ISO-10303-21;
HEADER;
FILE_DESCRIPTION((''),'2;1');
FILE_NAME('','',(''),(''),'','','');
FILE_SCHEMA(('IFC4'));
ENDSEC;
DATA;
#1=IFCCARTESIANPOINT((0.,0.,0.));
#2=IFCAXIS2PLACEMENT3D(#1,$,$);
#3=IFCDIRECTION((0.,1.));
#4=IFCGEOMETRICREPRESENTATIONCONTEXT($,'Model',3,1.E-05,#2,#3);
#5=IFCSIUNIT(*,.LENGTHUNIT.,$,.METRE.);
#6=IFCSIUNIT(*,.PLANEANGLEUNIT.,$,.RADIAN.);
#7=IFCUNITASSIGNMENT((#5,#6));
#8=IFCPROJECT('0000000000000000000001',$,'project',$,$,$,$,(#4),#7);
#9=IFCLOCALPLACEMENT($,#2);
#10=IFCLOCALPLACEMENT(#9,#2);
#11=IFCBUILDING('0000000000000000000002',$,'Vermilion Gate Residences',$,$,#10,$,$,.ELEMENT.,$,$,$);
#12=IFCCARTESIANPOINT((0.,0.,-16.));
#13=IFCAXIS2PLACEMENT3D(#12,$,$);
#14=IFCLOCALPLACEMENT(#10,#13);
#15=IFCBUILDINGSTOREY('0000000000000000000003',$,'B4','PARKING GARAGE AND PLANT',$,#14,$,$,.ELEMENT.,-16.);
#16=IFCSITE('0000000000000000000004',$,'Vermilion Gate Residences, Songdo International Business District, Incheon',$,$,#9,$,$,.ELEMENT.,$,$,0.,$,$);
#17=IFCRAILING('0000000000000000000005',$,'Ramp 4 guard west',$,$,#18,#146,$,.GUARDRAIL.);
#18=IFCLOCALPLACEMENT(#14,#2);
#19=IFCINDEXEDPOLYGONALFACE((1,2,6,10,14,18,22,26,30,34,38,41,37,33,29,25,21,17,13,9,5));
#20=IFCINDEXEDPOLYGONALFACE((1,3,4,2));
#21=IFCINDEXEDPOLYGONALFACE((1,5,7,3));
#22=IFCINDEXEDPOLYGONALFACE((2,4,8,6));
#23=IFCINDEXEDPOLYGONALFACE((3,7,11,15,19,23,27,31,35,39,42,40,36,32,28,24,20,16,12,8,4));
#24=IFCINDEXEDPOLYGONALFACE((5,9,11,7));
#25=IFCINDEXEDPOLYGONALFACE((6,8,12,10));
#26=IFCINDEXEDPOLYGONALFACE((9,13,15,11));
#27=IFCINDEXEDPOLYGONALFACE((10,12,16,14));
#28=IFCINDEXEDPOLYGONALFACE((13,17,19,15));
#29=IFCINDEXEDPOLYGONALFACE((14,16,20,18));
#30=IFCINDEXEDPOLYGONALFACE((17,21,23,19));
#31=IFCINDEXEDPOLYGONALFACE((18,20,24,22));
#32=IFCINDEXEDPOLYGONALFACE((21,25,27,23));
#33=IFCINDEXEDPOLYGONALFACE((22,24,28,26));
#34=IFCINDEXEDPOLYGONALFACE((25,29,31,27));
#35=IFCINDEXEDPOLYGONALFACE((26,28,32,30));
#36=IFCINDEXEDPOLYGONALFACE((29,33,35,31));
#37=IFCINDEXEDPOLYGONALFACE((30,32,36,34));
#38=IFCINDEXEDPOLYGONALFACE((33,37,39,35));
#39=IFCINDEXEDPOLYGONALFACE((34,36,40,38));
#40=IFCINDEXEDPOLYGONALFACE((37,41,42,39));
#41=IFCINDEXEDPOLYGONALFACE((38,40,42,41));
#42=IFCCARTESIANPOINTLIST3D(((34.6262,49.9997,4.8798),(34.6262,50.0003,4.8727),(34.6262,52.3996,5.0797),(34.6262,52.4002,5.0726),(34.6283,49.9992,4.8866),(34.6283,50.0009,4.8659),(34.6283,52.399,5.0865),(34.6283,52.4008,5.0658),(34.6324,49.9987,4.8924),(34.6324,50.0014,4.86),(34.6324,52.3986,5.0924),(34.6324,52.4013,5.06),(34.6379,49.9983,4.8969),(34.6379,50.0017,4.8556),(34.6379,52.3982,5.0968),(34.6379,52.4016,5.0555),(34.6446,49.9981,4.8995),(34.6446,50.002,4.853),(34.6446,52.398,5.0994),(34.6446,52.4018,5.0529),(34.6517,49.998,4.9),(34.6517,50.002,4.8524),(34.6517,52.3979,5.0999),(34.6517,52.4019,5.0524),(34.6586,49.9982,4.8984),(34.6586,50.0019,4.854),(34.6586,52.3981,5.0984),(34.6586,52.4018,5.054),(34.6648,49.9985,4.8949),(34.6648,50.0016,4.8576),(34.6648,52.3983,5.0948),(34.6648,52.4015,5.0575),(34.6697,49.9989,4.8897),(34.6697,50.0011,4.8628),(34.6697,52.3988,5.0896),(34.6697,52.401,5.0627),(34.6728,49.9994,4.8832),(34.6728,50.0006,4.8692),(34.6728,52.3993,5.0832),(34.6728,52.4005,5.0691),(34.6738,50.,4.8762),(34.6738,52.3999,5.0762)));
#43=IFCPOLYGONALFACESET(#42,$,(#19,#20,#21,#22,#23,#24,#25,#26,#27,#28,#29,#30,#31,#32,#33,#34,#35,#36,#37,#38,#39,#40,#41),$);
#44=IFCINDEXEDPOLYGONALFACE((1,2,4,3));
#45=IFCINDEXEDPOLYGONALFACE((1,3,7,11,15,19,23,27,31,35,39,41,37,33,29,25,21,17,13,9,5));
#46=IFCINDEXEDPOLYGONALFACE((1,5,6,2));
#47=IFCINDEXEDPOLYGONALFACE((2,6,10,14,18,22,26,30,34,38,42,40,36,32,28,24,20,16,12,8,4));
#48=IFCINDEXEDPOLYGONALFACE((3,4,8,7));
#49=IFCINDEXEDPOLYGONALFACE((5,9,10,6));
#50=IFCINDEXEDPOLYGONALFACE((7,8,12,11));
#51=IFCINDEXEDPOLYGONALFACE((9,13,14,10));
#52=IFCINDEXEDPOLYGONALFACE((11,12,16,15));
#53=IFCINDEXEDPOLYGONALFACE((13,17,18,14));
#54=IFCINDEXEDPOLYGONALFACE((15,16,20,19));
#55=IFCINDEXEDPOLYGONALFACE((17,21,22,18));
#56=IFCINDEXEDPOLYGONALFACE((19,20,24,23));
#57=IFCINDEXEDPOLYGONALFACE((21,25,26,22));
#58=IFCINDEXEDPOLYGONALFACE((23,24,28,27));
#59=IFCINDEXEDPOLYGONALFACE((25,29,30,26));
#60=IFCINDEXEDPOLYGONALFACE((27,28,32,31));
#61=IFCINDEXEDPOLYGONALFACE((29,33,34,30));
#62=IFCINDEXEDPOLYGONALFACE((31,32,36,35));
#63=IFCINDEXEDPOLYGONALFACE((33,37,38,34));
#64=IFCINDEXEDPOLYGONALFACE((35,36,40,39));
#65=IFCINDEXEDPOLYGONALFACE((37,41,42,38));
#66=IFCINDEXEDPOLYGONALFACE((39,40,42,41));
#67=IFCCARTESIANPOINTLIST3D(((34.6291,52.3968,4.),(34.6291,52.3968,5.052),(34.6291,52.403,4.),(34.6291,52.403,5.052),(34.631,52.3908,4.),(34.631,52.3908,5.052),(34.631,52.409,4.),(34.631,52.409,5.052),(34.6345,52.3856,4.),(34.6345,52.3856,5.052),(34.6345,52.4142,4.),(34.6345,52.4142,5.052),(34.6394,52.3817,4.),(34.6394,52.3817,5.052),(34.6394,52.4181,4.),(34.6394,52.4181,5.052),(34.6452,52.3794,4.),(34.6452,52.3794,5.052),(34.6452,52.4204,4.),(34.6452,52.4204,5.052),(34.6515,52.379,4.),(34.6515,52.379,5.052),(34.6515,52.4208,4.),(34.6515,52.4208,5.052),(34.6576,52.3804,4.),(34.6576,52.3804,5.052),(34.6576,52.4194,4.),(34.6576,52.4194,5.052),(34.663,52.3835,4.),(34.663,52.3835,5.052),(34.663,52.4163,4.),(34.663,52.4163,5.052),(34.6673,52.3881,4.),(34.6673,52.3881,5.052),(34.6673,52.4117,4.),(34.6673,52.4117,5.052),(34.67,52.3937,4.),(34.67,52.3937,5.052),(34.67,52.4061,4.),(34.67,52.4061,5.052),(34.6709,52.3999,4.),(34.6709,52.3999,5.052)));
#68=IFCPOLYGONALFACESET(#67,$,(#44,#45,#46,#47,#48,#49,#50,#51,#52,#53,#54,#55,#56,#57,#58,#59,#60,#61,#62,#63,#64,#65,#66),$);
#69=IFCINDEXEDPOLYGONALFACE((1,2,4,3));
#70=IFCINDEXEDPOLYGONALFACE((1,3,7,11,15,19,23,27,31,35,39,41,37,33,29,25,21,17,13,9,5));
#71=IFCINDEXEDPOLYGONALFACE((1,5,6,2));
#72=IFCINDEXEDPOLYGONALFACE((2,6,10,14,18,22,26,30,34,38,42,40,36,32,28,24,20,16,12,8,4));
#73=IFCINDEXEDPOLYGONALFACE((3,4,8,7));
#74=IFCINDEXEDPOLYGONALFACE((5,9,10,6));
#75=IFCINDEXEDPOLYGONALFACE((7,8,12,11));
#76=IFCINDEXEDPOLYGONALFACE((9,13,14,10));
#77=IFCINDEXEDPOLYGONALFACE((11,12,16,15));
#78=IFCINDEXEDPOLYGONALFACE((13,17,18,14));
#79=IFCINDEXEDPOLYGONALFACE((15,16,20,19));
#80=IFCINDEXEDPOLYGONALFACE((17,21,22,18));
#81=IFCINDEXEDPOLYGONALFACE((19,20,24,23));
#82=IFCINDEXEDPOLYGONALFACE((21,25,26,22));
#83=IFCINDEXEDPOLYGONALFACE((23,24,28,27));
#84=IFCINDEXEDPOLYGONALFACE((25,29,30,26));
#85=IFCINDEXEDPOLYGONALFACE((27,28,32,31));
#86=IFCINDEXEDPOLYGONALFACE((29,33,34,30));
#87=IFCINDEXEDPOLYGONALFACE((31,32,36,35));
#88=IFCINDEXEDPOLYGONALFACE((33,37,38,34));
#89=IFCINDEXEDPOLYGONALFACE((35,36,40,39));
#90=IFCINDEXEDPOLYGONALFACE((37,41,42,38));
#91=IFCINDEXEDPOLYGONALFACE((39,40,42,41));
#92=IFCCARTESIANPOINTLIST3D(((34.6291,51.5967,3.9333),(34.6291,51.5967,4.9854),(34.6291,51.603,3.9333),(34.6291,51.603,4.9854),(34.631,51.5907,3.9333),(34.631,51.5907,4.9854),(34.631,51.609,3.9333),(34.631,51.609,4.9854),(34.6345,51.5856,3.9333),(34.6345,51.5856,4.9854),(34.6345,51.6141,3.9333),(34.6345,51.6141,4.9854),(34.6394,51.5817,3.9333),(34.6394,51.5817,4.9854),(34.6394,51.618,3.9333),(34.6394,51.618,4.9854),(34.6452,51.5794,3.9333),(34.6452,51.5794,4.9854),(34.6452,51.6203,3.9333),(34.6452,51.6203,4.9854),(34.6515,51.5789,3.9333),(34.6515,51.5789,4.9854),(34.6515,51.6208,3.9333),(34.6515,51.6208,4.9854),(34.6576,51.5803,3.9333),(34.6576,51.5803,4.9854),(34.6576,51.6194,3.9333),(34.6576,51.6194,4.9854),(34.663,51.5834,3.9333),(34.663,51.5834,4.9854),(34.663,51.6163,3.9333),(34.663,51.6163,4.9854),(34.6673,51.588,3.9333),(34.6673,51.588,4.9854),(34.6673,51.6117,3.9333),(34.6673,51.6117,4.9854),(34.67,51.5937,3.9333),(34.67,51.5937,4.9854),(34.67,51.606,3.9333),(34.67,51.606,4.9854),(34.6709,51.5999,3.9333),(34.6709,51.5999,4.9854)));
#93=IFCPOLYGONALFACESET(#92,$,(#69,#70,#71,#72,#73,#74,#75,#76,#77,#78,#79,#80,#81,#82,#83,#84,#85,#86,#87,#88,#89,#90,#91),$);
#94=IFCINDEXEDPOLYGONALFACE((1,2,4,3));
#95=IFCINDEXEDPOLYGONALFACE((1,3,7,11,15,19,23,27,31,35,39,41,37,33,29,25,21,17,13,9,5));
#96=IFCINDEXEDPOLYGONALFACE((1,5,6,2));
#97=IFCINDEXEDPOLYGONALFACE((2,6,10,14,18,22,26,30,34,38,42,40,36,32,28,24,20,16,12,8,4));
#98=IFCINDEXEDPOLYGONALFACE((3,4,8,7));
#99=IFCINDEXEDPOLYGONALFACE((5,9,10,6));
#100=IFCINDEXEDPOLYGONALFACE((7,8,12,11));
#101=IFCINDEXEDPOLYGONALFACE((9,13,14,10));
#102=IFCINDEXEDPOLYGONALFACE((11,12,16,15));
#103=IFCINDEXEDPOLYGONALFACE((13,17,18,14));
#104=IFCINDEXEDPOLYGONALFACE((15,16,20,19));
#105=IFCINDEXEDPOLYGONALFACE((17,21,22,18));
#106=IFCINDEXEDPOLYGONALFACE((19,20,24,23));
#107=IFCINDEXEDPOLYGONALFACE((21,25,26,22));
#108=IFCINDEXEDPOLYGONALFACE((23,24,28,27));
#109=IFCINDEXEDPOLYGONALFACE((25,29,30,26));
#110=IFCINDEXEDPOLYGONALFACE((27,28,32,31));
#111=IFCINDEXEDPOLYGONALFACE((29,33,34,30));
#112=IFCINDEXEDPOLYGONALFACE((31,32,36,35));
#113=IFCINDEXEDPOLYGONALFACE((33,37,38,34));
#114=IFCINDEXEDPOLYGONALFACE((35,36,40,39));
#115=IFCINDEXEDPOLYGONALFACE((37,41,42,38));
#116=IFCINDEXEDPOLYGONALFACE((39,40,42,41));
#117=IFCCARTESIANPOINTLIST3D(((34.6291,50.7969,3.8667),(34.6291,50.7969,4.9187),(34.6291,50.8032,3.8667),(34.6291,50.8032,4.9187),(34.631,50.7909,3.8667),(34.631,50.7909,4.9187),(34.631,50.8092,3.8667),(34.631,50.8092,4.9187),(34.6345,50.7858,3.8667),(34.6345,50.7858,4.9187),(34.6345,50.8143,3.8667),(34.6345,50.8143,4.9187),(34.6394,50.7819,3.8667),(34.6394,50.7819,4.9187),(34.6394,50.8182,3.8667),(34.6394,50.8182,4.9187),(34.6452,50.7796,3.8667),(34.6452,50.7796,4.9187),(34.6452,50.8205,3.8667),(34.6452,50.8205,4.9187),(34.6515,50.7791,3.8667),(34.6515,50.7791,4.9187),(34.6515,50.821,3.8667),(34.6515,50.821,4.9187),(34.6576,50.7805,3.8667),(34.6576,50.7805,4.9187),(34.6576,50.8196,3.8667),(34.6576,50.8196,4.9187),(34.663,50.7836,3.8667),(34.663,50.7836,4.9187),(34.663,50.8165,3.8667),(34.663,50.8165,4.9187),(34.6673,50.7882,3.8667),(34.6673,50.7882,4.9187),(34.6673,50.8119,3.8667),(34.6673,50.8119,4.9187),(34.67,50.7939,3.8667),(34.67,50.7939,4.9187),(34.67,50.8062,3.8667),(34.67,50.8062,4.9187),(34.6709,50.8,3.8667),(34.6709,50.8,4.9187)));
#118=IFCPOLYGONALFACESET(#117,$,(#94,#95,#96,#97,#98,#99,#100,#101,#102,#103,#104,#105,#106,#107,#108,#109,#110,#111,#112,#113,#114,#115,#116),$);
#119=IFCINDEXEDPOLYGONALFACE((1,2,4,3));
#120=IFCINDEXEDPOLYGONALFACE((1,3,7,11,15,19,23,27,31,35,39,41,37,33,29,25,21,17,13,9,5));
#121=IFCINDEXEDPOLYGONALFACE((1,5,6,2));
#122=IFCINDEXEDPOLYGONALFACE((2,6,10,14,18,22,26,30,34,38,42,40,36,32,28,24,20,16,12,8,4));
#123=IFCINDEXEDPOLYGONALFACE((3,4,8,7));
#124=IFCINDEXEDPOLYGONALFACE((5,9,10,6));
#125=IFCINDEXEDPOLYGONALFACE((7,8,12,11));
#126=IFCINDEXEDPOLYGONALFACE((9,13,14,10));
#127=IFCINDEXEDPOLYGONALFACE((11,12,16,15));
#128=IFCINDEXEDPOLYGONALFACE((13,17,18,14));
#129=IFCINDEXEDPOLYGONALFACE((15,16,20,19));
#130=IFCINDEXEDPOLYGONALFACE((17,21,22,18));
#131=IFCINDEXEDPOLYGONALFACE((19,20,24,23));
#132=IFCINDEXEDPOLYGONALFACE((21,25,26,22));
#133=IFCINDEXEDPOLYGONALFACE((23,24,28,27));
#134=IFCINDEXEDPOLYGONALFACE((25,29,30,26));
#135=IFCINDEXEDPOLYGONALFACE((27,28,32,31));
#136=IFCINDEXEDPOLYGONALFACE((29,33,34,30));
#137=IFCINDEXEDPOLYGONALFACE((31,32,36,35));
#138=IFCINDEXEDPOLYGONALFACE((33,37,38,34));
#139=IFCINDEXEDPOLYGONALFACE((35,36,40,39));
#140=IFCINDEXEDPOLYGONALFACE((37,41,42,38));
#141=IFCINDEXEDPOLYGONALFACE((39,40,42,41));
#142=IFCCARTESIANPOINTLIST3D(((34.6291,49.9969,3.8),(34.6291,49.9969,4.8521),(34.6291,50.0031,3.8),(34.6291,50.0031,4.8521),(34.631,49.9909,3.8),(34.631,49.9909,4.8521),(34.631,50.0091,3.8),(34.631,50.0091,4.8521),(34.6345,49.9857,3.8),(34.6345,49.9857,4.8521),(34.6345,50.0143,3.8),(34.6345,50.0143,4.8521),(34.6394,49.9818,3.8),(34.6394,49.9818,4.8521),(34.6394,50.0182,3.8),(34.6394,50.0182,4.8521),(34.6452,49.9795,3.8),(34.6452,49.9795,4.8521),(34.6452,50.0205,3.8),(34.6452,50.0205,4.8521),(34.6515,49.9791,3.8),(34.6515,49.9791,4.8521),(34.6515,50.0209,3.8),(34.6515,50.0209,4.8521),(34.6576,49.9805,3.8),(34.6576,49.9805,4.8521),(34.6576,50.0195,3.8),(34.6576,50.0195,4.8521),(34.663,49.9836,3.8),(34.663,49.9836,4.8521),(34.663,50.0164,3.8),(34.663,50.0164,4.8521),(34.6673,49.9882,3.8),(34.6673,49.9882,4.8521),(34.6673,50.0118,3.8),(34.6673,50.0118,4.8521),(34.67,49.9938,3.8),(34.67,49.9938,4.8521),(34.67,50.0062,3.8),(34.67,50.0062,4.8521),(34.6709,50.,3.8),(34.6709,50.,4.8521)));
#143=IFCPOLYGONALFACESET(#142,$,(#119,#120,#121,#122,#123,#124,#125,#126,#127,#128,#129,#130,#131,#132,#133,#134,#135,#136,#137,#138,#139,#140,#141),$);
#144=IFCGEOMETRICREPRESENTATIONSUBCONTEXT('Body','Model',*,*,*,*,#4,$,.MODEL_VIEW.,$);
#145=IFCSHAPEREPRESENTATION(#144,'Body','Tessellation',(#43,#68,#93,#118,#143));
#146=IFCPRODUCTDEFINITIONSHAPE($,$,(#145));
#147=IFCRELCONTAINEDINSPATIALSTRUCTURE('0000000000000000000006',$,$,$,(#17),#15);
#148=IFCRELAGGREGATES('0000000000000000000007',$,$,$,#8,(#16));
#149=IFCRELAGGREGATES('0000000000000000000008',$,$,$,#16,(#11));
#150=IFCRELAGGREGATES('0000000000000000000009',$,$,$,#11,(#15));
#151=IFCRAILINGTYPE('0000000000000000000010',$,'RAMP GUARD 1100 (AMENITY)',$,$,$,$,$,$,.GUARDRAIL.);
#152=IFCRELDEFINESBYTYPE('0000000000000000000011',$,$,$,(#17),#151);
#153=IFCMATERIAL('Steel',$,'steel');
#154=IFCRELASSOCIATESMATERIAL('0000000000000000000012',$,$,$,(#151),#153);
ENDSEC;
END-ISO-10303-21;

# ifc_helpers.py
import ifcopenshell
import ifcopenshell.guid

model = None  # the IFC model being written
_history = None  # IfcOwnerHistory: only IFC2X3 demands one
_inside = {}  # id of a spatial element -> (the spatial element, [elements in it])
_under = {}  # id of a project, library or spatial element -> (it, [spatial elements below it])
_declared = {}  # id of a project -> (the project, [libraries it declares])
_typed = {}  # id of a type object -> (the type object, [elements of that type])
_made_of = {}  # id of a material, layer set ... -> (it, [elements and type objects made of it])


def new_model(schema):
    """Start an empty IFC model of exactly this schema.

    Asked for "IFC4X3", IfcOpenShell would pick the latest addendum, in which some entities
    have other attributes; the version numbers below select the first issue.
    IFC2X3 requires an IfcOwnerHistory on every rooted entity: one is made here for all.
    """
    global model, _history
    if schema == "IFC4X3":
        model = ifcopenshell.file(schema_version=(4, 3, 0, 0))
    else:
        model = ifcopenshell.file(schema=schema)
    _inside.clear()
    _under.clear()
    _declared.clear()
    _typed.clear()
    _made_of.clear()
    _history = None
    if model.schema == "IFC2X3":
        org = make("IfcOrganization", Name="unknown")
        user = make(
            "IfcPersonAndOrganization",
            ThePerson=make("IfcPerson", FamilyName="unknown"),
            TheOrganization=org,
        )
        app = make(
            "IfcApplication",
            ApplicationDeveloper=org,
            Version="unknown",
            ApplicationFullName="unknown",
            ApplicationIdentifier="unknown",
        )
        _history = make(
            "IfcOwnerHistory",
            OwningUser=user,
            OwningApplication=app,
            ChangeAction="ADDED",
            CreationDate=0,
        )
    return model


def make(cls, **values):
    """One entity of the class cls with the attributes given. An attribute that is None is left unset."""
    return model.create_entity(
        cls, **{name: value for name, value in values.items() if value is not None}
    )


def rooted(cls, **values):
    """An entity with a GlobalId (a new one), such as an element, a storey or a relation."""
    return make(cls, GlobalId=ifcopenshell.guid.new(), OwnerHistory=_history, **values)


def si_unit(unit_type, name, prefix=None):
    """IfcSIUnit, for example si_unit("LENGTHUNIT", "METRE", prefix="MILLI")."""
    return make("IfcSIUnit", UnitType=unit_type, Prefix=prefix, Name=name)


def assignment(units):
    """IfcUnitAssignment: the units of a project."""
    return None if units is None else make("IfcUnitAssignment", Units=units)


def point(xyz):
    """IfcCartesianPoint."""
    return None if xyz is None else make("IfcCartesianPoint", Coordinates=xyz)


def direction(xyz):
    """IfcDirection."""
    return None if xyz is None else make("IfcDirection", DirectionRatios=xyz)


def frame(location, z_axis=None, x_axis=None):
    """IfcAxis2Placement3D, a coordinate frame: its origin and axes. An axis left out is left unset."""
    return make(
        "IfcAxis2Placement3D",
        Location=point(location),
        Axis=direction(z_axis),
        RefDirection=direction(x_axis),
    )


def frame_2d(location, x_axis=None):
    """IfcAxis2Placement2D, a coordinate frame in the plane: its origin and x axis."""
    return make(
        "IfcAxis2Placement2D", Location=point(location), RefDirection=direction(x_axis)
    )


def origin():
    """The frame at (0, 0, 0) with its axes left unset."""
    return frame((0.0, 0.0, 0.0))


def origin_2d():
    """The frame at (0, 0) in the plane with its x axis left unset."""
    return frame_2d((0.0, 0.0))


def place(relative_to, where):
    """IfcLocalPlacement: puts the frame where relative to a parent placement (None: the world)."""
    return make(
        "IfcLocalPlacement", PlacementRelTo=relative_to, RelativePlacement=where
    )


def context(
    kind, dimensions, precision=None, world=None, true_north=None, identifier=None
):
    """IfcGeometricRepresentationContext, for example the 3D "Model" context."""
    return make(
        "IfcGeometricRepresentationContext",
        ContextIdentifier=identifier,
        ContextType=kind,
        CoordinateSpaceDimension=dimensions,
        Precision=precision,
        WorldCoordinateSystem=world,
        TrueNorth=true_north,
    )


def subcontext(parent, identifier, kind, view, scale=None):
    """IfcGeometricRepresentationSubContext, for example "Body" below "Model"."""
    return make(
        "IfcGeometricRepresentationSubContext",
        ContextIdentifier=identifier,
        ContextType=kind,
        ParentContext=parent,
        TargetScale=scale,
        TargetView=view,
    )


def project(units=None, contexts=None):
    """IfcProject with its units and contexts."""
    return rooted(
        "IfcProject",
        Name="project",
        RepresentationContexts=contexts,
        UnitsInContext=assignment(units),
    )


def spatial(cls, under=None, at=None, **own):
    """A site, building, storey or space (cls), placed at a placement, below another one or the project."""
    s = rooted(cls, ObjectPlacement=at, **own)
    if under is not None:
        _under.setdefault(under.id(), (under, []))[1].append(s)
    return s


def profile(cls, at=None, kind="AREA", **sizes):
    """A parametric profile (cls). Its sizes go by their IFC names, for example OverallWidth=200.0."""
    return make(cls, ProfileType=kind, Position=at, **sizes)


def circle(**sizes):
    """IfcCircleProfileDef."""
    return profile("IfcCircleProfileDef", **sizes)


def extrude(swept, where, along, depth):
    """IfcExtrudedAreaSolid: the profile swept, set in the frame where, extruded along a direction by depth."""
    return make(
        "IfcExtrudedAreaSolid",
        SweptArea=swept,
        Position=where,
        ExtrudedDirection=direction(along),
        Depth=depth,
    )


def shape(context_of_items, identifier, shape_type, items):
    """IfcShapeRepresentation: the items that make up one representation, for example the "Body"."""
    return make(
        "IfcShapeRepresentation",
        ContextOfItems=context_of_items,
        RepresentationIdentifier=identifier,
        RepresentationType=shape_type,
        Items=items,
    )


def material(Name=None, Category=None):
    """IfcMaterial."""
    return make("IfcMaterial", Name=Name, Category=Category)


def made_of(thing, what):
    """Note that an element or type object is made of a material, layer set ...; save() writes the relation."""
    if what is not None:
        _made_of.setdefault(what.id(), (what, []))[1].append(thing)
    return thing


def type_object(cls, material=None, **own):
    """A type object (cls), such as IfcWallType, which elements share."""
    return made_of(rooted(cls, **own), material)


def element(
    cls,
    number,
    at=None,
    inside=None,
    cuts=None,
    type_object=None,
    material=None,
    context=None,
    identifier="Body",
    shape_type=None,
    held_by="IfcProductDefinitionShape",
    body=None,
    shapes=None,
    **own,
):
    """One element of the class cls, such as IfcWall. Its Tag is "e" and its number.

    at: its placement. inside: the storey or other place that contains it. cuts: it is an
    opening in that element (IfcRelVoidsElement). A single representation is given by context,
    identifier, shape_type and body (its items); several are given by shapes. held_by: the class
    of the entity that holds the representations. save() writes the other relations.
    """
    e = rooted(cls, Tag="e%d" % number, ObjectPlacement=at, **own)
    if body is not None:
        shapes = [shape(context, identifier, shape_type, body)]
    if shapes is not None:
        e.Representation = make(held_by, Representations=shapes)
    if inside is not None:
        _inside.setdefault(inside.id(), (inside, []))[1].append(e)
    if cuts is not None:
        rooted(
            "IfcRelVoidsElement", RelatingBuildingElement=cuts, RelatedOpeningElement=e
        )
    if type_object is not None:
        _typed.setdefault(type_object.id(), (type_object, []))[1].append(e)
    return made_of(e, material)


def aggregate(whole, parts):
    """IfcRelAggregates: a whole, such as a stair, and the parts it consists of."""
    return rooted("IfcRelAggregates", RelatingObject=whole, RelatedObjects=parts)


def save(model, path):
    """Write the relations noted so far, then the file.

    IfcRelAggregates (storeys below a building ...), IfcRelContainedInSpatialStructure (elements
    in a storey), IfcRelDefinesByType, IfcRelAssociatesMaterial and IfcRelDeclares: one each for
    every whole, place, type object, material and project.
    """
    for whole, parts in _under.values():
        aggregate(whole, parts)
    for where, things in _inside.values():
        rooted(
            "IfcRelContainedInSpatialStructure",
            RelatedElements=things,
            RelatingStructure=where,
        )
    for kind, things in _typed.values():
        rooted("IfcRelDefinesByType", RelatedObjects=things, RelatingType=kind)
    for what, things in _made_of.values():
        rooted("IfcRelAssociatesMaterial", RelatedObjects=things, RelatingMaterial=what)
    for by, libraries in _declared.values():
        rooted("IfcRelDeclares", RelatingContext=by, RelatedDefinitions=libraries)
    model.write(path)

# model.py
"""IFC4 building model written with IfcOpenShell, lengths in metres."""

from ifc_helpers import new_model, si_unit, direction, frame, origin, origin_2d, place, context, subcontext, project, spatial, circle, extrude, material, type_object, element, save


model = new_model("IFC4")

# Units and contexts
model_context = context("Model", 3, precision=1e-05, world=origin(), true_north=direction((0.0, 1.0)))
body_context = subcontext(model_context, "Body", "Model", "MODEL_VIEW")
ifc_project = project(units=[si_unit("LENGTHUNIT", "METRE"), si_unit("PLANEANGLEUNIT", "RADIAN")], contexts=[model_context])

# Site, building, storey
site_placement = place(None, origin())
site = spatial("IfcSite", under=ifc_project, at=site_placement, Name="Vermilion Gate Residences, Songdo International Business District, Incheon", CompositionType="ELEMENT", RefElevation=0.0)
building_placement = place(site_placement, origin())
building = spatial("IfcBuilding", under=site, at=building_placement, Name="Vermilion Gate Residences", CompositionType="ELEMENT")
storey_placement = place(building_placement, frame((0.0, 0.0, -16.0)))
storey = spatial("IfcBuildingStorey", under=building, at=storey_placement, Name="B4", Description="PARKING GARAGE AND PLANT", CompositionType="ELEMENT", Elevation=-16.0)

# Railing
ifc_material_1 = material(Name="Steel", Category="steel")
railing_type_1 = type_object("IfcRailingType", Name="RAMP GUARD 1100 (AMENITY)", PredefinedType="GUARDRAIL", material=ifc_material_1)
railing_1_placement = place(storey_placement, frame((34.6499, 52.3999, 4.0)))
element("IfcRailing", 1, at=railing_1_placement, inside=storey, type_object=railing_type_1, Name="Ramp 4 guard west", PredefinedType="GUARDRAIL", context=body_context, shape_type="SweptSolid", body=[
    extrude(circle(Radius=0.0239, at=origin_2d()), frame((0.0, 0.0, 1.0762), z_axis=(0.0, -0.996547, -0.083029), x_axis=(1.0, 0.0, 0.0)), (0.0, 0.0, 1.0), 2.4082),
    extrude(circle(Radius=0.021, at=origin_2d()), origin(), (0.0, 0.0, 1.0), 1.052),
    extrude(circle(Radius=0.021, at=origin_2d()), frame((0.0, -0.8, -0.0667)), (0.0, 0.0, 1.0), 1.052),
    extrude(circle(Radius=0.021, at=origin_2d()), frame((0.0, -1.5999, -0.1333)), (0.0, 0.0, 1.0), 1.052),
    extrude(circle(Radius=0.021, at=origin_2d()), frame((0.0, -2.3999, -0.2)), (0.0, 0.0, 1.0), 1.052),
])

save(model, "model.ifc")
